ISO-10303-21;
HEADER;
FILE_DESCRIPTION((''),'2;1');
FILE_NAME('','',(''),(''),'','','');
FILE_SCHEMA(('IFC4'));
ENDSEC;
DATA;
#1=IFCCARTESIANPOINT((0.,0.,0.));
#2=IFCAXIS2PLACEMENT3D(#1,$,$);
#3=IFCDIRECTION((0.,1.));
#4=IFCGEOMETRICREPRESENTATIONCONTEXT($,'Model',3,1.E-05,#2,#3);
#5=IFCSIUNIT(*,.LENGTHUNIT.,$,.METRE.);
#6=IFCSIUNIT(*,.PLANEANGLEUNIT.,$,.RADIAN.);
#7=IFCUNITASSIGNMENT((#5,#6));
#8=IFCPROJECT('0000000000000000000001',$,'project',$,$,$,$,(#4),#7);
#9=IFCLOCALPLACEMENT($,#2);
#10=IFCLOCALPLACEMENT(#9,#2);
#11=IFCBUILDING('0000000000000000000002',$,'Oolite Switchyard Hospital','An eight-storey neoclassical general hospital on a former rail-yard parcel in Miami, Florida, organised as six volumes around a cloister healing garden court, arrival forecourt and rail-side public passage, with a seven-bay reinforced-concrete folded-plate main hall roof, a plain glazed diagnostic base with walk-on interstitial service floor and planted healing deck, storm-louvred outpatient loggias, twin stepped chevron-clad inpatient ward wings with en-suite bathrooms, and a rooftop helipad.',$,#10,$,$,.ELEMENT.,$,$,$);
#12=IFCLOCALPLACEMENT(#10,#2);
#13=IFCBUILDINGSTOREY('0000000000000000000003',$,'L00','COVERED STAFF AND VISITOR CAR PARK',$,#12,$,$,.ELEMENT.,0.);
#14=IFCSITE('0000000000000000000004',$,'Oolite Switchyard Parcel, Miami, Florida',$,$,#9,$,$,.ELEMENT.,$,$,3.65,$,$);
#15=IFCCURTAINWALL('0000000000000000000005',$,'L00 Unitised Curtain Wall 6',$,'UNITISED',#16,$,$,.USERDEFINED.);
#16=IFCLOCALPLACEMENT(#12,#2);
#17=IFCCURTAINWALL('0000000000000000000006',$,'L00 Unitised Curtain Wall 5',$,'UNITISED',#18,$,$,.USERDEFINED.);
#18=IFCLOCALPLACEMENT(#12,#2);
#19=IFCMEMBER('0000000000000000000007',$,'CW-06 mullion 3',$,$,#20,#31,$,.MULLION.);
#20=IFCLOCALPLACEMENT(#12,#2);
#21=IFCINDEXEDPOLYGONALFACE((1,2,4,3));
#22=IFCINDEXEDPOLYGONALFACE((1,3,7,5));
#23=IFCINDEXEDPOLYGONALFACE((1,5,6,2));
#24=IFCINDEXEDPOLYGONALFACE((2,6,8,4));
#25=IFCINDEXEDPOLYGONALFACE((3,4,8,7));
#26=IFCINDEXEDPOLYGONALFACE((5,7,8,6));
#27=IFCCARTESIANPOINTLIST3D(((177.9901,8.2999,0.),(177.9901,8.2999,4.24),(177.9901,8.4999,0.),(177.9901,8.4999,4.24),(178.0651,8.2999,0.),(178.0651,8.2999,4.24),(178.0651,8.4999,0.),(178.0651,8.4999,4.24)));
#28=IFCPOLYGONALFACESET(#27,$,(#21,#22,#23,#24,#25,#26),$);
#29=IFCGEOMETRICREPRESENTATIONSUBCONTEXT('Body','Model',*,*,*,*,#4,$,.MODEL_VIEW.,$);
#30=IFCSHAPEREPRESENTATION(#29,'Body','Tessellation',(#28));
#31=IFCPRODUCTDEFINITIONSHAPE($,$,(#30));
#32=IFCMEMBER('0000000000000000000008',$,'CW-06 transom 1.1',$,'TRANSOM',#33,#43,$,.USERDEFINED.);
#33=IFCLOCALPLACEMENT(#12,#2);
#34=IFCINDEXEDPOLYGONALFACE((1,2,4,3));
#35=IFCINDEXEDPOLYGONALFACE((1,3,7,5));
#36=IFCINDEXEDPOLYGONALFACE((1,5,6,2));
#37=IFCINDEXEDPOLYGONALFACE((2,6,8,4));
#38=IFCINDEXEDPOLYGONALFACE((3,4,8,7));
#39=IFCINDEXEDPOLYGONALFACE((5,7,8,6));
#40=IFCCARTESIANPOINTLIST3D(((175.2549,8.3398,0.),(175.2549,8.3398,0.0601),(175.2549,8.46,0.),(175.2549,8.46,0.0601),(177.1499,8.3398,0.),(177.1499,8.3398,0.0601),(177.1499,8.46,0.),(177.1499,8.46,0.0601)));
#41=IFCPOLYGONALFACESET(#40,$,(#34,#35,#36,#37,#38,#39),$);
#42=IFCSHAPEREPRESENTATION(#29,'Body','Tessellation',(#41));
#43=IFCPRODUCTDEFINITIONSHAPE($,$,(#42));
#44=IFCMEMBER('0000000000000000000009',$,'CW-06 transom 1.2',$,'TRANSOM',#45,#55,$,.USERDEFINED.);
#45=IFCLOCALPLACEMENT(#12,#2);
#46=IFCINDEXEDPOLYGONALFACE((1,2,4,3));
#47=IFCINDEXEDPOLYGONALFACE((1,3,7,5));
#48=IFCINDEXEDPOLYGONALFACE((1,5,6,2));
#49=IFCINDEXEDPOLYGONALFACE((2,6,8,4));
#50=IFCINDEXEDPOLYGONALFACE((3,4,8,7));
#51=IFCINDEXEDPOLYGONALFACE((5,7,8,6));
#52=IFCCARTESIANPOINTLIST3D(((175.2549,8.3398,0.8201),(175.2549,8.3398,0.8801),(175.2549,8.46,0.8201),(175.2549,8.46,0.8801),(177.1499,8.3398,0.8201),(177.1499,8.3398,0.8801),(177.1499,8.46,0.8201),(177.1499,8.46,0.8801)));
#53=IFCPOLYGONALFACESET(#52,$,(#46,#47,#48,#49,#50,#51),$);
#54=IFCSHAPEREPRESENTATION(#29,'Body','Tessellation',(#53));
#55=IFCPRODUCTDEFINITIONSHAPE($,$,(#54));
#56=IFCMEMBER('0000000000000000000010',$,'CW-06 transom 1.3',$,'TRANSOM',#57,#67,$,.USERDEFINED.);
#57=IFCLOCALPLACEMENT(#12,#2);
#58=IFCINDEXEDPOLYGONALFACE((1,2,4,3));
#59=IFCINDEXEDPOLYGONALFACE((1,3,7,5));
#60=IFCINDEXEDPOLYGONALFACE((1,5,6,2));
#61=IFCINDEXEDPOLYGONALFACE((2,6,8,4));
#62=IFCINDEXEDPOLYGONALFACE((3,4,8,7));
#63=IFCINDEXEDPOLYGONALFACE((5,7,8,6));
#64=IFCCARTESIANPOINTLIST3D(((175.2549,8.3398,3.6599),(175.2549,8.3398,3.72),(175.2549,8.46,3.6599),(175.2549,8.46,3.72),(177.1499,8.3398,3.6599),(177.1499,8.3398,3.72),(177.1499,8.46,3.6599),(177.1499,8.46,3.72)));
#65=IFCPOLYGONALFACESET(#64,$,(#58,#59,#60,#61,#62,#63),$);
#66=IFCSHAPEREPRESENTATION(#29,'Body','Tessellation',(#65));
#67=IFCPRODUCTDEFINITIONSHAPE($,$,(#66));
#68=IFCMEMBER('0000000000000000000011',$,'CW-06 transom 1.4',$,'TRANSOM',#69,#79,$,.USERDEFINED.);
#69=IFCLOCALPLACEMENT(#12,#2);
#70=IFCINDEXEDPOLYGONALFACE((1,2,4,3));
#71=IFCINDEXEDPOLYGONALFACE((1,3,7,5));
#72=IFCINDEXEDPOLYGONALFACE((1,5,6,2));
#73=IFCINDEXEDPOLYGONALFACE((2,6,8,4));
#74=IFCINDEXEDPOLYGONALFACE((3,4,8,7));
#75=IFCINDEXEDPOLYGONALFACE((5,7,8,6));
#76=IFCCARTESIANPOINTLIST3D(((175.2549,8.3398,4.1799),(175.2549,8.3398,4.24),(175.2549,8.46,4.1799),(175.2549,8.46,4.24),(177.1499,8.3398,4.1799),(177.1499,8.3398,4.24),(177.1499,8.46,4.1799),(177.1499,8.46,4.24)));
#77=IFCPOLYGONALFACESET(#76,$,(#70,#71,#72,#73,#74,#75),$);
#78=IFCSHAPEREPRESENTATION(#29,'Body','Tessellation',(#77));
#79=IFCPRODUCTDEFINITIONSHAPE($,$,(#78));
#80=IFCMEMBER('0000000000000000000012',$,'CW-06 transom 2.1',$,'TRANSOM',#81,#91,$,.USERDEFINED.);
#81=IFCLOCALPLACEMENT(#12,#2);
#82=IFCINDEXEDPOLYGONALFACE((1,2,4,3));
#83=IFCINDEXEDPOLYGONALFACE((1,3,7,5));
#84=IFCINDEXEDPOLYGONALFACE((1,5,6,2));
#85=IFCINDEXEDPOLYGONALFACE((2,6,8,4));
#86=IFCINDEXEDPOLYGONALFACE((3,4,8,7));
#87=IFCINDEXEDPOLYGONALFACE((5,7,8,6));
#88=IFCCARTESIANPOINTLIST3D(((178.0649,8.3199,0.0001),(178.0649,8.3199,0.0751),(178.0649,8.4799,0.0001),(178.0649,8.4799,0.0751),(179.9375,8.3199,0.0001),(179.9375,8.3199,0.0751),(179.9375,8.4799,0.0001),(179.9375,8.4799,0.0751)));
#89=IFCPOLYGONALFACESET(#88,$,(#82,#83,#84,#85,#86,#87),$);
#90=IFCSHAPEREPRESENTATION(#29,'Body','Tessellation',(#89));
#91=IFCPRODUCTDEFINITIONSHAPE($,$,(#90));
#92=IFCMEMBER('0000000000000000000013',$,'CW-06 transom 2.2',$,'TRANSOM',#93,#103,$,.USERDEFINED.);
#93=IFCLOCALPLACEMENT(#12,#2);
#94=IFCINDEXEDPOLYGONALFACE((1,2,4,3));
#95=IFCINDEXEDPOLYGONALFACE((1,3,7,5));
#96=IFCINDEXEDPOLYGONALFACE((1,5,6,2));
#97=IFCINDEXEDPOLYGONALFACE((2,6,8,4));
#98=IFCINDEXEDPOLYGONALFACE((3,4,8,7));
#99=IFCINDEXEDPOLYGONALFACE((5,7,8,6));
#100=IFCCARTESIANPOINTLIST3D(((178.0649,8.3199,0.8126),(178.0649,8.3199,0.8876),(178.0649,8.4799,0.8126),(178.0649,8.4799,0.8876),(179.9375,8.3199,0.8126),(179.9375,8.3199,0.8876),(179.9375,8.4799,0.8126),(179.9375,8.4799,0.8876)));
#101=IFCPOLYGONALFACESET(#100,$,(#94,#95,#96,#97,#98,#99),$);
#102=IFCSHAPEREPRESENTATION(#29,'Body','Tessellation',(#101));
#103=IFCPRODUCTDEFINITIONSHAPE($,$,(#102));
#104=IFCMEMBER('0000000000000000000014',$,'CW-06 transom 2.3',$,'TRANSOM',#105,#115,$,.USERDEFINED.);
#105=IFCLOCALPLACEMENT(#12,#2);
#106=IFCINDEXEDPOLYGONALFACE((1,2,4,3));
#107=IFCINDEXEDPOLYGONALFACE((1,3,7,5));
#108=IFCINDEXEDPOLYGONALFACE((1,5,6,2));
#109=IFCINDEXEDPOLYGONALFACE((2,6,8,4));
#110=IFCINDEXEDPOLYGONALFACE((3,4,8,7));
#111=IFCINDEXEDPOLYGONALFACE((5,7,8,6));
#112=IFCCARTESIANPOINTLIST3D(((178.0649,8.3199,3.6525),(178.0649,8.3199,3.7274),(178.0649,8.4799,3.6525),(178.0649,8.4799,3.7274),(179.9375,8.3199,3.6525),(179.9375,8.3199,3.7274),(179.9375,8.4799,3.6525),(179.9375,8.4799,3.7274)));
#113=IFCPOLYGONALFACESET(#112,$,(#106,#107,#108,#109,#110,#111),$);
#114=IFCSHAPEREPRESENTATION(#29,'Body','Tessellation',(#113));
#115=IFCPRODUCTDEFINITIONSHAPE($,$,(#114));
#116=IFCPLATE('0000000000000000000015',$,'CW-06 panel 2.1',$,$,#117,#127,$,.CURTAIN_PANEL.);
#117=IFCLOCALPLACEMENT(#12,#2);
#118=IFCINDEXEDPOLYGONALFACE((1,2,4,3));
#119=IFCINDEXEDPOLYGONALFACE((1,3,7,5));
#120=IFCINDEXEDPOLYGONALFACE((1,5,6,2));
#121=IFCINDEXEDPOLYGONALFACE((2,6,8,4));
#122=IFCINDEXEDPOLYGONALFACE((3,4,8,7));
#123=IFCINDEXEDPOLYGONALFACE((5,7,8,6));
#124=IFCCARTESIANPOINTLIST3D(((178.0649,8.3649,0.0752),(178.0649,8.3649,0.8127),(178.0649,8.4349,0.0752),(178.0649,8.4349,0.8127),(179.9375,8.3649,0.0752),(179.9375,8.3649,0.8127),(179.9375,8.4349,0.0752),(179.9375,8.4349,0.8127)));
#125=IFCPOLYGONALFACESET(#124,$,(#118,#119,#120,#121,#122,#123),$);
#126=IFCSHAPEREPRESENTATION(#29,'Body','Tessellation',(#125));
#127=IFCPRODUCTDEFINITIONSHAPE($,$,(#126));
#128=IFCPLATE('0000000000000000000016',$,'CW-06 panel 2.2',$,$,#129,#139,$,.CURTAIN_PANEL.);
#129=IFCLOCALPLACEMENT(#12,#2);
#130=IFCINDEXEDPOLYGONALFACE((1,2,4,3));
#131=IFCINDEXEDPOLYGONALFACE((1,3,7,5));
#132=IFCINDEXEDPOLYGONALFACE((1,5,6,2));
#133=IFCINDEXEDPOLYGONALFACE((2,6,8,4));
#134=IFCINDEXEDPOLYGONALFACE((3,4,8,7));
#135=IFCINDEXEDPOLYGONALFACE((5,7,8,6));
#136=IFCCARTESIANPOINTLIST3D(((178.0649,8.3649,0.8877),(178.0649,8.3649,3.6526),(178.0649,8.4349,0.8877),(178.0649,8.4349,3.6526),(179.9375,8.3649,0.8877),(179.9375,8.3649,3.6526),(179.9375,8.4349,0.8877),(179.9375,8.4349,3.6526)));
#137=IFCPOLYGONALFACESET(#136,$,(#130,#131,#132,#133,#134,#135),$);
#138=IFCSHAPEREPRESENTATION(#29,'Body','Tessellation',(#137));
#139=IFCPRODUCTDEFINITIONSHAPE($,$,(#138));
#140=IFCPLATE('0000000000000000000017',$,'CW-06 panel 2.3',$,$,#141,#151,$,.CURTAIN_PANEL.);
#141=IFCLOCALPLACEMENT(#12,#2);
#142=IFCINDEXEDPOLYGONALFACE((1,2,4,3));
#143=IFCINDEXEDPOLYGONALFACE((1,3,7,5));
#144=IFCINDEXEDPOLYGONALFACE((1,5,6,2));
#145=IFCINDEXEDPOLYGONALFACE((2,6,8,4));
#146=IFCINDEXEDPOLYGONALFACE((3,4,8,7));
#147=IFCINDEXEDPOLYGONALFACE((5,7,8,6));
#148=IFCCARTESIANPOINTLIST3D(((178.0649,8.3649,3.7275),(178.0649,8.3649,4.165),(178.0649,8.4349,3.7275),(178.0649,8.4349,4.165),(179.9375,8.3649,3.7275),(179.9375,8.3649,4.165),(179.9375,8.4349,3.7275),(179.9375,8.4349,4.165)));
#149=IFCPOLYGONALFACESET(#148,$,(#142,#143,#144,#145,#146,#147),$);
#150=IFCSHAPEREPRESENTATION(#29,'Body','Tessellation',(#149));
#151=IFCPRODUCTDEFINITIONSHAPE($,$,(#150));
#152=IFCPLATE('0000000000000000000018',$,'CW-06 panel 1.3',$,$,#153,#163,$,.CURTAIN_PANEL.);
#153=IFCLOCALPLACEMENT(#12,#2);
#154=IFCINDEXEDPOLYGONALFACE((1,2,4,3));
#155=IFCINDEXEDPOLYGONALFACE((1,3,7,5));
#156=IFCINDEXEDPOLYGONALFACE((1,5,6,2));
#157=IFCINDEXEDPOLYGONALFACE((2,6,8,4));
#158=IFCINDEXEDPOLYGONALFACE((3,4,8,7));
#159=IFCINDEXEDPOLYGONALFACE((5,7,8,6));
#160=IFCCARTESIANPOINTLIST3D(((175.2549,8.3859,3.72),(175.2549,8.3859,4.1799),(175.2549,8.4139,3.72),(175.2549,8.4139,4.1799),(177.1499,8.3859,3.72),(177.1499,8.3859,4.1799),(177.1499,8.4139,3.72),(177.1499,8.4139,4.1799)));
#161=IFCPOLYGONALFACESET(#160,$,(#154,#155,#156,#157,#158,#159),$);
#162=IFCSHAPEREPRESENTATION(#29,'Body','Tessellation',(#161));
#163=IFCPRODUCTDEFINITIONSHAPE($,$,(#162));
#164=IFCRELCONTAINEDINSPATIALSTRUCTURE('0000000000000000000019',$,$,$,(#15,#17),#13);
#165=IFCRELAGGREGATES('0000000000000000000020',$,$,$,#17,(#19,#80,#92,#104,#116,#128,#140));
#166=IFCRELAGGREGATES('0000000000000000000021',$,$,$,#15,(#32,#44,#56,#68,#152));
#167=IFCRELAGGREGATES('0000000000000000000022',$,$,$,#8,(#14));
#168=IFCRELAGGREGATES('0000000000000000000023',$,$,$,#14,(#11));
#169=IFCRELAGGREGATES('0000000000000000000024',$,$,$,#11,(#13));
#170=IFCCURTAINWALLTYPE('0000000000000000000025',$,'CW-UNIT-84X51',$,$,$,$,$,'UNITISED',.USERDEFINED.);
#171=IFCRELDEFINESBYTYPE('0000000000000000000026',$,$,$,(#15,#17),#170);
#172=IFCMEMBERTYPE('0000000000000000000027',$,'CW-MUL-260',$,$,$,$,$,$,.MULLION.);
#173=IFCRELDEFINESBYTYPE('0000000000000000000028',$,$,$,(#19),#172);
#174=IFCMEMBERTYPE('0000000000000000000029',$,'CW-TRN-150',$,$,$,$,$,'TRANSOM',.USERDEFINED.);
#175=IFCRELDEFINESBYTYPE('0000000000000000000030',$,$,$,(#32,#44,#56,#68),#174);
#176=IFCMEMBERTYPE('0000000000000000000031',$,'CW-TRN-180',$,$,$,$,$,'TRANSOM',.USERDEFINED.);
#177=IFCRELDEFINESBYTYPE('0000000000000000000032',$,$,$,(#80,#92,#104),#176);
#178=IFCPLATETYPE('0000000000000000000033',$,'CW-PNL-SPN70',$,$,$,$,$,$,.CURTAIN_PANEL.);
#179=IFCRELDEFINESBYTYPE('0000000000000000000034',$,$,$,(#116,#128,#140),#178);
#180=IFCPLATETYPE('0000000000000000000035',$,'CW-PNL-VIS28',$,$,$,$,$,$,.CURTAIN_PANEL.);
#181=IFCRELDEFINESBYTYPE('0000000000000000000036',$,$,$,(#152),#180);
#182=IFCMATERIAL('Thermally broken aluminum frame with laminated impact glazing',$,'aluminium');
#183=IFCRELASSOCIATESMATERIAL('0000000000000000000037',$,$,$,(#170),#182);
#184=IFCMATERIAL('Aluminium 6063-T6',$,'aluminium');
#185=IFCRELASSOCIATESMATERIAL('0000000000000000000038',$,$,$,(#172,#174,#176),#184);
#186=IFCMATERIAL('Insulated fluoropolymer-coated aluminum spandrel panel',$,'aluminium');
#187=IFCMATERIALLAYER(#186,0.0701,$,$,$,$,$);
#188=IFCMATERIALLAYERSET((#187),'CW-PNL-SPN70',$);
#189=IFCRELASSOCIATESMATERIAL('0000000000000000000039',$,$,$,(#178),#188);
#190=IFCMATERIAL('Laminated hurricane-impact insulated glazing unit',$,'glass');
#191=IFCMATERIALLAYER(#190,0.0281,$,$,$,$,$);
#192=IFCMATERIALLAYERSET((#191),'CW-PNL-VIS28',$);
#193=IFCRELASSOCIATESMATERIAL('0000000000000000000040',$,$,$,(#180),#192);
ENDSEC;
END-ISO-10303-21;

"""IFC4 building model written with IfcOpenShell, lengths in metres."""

from ifc_helpers import new_model, si_unit, direction, frame, origin, origin_2d, place, context, subcontext, project, spatial, rectangle, extrude, material, layer, layer_set, material_profile, profile_set, type_object, element, aggregate, save


model = new_model("IFC4")

# Units and contexts
model_context = context("Model", 3, precision=1e-05, world=origin(), true_north=direction((0.0, 1.0)))
body_context = subcontext(model_context, "Body", "Model", "MODEL_VIEW")
ifc_project = project(units=[si_unit("LENGTHUNIT", "METRE"), si_unit("PLANEANGLEUNIT", "RADIAN")], contexts=[model_context])

# Site, building, storey
site_placement = place(None, origin())
site = spatial("IfcSite", under=ifc_project, at=site_placement, Name="Oolite Switchyard Parcel, Miami, Florida", CompositionType="ELEMENT", RefElevation=3.65)
building_placement = place(site_placement, origin())
building = spatial("IfcBuilding", under=site, at=building_placement, Name="Oolite Switchyard Hospital", Description="An eight-storey neoclassical general hospital on a former rail-yard parcel in Miami, Florida, organised as six volumes around a cloister healing garden court, arrival forecourt and rail-side public passage, with a seven-bay reinforced-concrete folded-plate main hall roof, a plain glazed diagnostic base with walk-on interstitial service floor and planted healing deck, storm-louvred outpatient loggias, twin stepped chevron-clad inpatient ward wings with en-suite bathrooms, and a rooftop helipad.", CompositionType="ELEMENT")
storey_placement = place(building_placement, origin())
storey = spatial("IfcBuildingStorey", under=building, at=storey_placement, Name="L00", Description="COVERED STAFF AND VISITOR CAR PARK", CompositionType="ELEMENT", Elevation=0.0)

# Curtain walls, member
ifc_material_1 = material(Name="Thermally broken aluminum frame with laminated impact glazing", Category="aluminium")
curtain_wall_type = type_object("IfcCurtainWallType", Name="CW-UNIT-84X51", ElementType="UNITISED", PredefinedType="USERDEFINED", material=ifc_material_1)
curtain_wall_1_placement = place(storey_placement, origin())
curtain_wall_1 = element("IfcCurtainWall", 1, at=curtain_wall_1_placement, inside=storey, type_object=curtain_wall_type, Name="L00 Unitised Curtain Wall 6", ObjectType="UNITISED", PredefinedType="USERDEFINED")
ifc_material_2 = material(Name="Aluminium 6063-T6", Category="aluminium")
curtain_wall_2_placement = place(storey_placement, origin())
curtain_wall_2 = element("IfcCurtainWall", 2, at=curtain_wall_2_placement, inside=storey, type_object=curtain_wall_type, Name="L00 Unitised Curtain Wall 5", ObjectType="UNITISED", PredefinedType="USERDEFINED")
ifc_material_profile_1 = material_profile(ifc_material_2, rectangle(XDim=0.2, YDim=0.075, at=origin_2d()), Name="CWM75X200")
ifc_profile_set_1 = profile_set([ifc_material_profile_1], Name="Aluminium 6063-T6")
member_type_1 = type_object("IfcMemberType", Name="CW-MUL-260", PredefinedType="MULLION", material=ifc_profile_set_1)
member_1_placement = place(storey_placement, frame((178.0276, 8.3999, 0.0), z_axis=(0.0, 0.0, 1.0), x_axis=(0.0, -1.0, 0.0)))
member_1 = element("IfcMember", 3, at=member_1_placement, type_object=member_type_1, Name="CW-06 mullion 3", PredefinedType="MULLION", context=body_context, shape_type="SweptSolid", body=[
    extrude(rectangle(XDim=0.2, YDim=0.075, at=origin_2d()), origin(), (0.0, 0.0, 1.0), 4.24),
])

# Members
ifc_material_profile_2 = material_profile(ifc_material_2, rectangle(XDim=0.1201, YDim=0.0601, at=origin_2d()), Name="CWT60X120")
ifc_profile_set_2 = profile_set([ifc_material_profile_2], Name="Aluminium 6063-T6")
member_type_2 = type_object("IfcMemberType", Name="CW-TRN-150", ElementType="TRANSOM", PredefinedType="USERDEFINED", material=ifc_profile_set_2)
member_2_placement = place(storey_placement, frame((177.1499, 8.3999, 0.03), z_axis=(-1.0, 0.0, 0.0), x_axis=(0.0, -1.0, 0.0)))
member_2 = element("IfcMember", 4, at=member_2_placement, type_object=member_type_2, Name="CW-06 transom 1.1", ObjectType="TRANSOM", PredefinedType="USERDEFINED", context=body_context, shape_type="SweptSolid", body=[
    extrude(rectangle(XDim=0.1201, YDim=0.0601, at=origin_2d()), origin(), (0.0, 0.0, 1.0), 1.895),
])
member_3_placement = place(storey_placement, frame((177.1499, 8.3999, 0.8501), z_axis=(-1.0, 0.0, 0.0), x_axis=(0.0, -1.0, 0.0)))
member_3 = element("IfcMember", 5, at=member_3_placement, type_object=member_type_2, Name="CW-06 transom 1.2", ObjectType="TRANSOM", PredefinedType="USERDEFINED", context=body_context, shape_type="SweptSolid", body=[
    extrude(rectangle(XDim=0.1201, YDim=0.0601, at=origin_2d()), origin(), (0.0, 0.0, 1.0), 1.895),
])
member_4_placement = place(storey_placement, frame((177.1499, 8.3999, 3.6899), z_axis=(-1.0, 0.0, 0.0), x_axis=(0.0, -1.0, 0.0)))
member_4 = element("IfcMember", 6, at=member_4_placement, type_object=member_type_2, Name="CW-06 transom 1.3", ObjectType="TRANSOM", PredefinedType="USERDEFINED", context=body_context, shape_type="SweptSolid", body=[
    extrude(rectangle(XDim=0.1201, YDim=0.0601, at=origin_2d()), origin(), (0.0, 0.0, 1.0), 1.895),
])
member_5_placement = place(storey_placement, frame((177.1499, 8.3999, 4.21), z_axis=(-1.0, 0.0, 0.0), x_axis=(0.0, -1.0, 0.0)))
member_5 = element("IfcMember", 7, at=member_5_placement, type_object=member_type_2, Name="CW-06 transom 1.4", ObjectType="TRANSOM", PredefinedType="USERDEFINED", context=body_context, shape_type="SweptSolid", body=[
    extrude(rectangle(XDim=0.1201, YDim=0.0601, at=origin_2d()), origin(), (0.0, 0.0, 1.0), 1.895),
])
ifc_material_profile_3 = material_profile(ifc_material_2, rectangle(XDim=0.1599, YDim=0.075, at=origin_2d()), Name="CWT75X160")
ifc_profile_set_3 = profile_set([ifc_material_profile_3], Name="Aluminium 6063-T6")
member_type_3 = type_object("IfcMemberType", Name="CW-TRN-180", ElementType="TRANSOM", PredefinedType="USERDEFINED", material=ifc_profile_set_3)
member_6_placement = place(storey_placement, frame((179.9375, 8.3999, 0.0376), z_axis=(-1.0, 0.0, 0.0), x_axis=(0.0, -1.0, 0.0)))
member_6 = element("IfcMember", 8, at=member_6_placement, type_object=member_type_3, Name="CW-06 transom 2.1", ObjectType="TRANSOM", PredefinedType="USERDEFINED", context=body_context, shape_type="SweptSolid", body=[
    extrude(rectangle(XDim=0.1599, YDim=0.075, at=origin_2d()), origin(), (0.0, 0.0, 1.0), 1.8726),
])
member_7_placement = place(storey_placement, frame((179.9375, 8.3999, 0.8501), z_axis=(-1.0, 0.0, 0.0), x_axis=(0.0, -1.0, 0.0)))
member_7 = element("IfcMember", 9, at=member_7_placement, type_object=member_type_3, Name="CW-06 transom 2.2", ObjectType="TRANSOM", PredefinedType="USERDEFINED", context=body_context, shape_type="SweptSolid", body=[
    extrude(rectangle(XDim=0.1599, YDim=0.075, at=origin_2d()), origin(), (0.0, 0.0, 1.0), 1.8726),
])
member_8_placement = place(storey_placement, frame((179.9375, 8.3999, 3.6899), z_axis=(-1.0, 0.0, 0.0), x_axis=(0.0, -1.0, 0.0)))
member_8 = element("IfcMember", 10, at=member_8_placement, type_object=member_type_3, Name="CW-06 transom 2.3", ObjectType="TRANSOM", PredefinedType="USERDEFINED", context=body_context, shape_type="SweptSolid", body=[
    extrude(rectangle(XDim=0.1599, YDim=0.075, at=origin_2d()), origin(), (0.0, 0.0, 1.0), 1.8726),
])

# Plates
ifc_material_3 = material(Name="Insulated fluoropolymer-coated aluminum spandrel panel", Category="aluminium")
ifc_layer_1 = layer(ifc_material_3, 0.0701)
ifc_layer_set_1 = layer_set([ifc_layer_1], Name="CW-PNL-SPN70")
plate_type_1 = type_object("IfcPlateType", Name="CW-PNL-SPN70", PredefinedType="CURTAIN_PANEL", material=ifc_layer_set_1)
plate_1_placement = place(storey_placement, frame((179.0012, 8.3999, 0.0752), z_axis=(0.0, 0.0, 1.0), x_axis=(-1.0, 0.0, 0.0)))
plate_1 = element("IfcPlate", 11, at=plate_1_placement, type_object=plate_type_1, Name="CW-06 panel 2.1", PredefinedType="CURTAIN_PANEL", context=body_context, shape_type="SweptSolid", body=[
    extrude(rectangle(XDim=1.8726, YDim=0.0701, at=origin_2d()), origin(), (0.0, 0.0, 1.0), 0.7375),
])
plate_2_placement = place(storey_placement, frame((179.0012, 8.3999, 0.8877), z_axis=(0.0, 0.0, 1.0), x_axis=(-1.0, 0.0, 0.0)))
plate_2 = element("IfcPlate", 12, at=plate_2_placement, type_object=plate_type_1, Name="CW-06 panel 2.2", PredefinedType="CURTAIN_PANEL", context=body_context, shape_type="SweptSolid", body=[
    extrude(rectangle(XDim=1.8726, YDim=0.0701, at=origin_2d()), origin(), (0.0, 0.0, 1.0), 2.7649),
])
plate_3_placement = place(storey_placement, frame((179.0012, 8.3999, 3.7275), z_axis=(0.0, 0.0, 1.0), x_axis=(-1.0, 0.0, 0.0)))
plate_3 = element("IfcPlate", 13, at=plate_3_placement, type_object=plate_type_1, Name="CW-06 panel 2.3", PredefinedType="CURTAIN_PANEL", context=body_context, shape_type="SweptSolid", body=[
    extrude(rectangle(XDim=1.8726, YDim=0.0701, at=origin_2d()), origin(), (0.0, 0.0, 1.0), 0.4375),
])
aggregate(curtain_wall_2, [member_1, member_6, member_7, member_8, plate_1, plate_2, plate_3])
ifc_material_4 = material(Name="Laminated hurricane-impact insulated glazing unit", Category="glass")
ifc_layer_2 = layer(ifc_material_4, 0.0281)
ifc_layer_set_2 = layer_set([ifc_layer_2], Name="CW-PNL-VIS28")
plate_type_2 = type_object("IfcPlateType", Name="CW-PNL-VIS28", PredefinedType="CURTAIN_PANEL", material=ifc_layer_set_2)
plate_4_placement = place(storey_placement, frame((176.2024, 8.3999, 3.72), z_axis=(0.0, 0.0, 1.0), x_axis=(-1.0, 0.0, 0.0)))
plate_4 = element("IfcPlate", 14, at=plate_4_placement, type_object=plate_type_2, Name="CW-06 panel 1.3", PredefinedType="CURTAIN_PANEL", context=body_context, shape_type="SweptSolid", body=[
    extrude(rectangle(XDim=1.895, YDim=0.0281, at=origin_2d()), origin(), (0.0, 0.0, 1.0), 0.46),
])
aggregate(curtain_wall_1, [member_2, member_3, member_4, member_5, plate_4])

save(model, "model.ifc")
